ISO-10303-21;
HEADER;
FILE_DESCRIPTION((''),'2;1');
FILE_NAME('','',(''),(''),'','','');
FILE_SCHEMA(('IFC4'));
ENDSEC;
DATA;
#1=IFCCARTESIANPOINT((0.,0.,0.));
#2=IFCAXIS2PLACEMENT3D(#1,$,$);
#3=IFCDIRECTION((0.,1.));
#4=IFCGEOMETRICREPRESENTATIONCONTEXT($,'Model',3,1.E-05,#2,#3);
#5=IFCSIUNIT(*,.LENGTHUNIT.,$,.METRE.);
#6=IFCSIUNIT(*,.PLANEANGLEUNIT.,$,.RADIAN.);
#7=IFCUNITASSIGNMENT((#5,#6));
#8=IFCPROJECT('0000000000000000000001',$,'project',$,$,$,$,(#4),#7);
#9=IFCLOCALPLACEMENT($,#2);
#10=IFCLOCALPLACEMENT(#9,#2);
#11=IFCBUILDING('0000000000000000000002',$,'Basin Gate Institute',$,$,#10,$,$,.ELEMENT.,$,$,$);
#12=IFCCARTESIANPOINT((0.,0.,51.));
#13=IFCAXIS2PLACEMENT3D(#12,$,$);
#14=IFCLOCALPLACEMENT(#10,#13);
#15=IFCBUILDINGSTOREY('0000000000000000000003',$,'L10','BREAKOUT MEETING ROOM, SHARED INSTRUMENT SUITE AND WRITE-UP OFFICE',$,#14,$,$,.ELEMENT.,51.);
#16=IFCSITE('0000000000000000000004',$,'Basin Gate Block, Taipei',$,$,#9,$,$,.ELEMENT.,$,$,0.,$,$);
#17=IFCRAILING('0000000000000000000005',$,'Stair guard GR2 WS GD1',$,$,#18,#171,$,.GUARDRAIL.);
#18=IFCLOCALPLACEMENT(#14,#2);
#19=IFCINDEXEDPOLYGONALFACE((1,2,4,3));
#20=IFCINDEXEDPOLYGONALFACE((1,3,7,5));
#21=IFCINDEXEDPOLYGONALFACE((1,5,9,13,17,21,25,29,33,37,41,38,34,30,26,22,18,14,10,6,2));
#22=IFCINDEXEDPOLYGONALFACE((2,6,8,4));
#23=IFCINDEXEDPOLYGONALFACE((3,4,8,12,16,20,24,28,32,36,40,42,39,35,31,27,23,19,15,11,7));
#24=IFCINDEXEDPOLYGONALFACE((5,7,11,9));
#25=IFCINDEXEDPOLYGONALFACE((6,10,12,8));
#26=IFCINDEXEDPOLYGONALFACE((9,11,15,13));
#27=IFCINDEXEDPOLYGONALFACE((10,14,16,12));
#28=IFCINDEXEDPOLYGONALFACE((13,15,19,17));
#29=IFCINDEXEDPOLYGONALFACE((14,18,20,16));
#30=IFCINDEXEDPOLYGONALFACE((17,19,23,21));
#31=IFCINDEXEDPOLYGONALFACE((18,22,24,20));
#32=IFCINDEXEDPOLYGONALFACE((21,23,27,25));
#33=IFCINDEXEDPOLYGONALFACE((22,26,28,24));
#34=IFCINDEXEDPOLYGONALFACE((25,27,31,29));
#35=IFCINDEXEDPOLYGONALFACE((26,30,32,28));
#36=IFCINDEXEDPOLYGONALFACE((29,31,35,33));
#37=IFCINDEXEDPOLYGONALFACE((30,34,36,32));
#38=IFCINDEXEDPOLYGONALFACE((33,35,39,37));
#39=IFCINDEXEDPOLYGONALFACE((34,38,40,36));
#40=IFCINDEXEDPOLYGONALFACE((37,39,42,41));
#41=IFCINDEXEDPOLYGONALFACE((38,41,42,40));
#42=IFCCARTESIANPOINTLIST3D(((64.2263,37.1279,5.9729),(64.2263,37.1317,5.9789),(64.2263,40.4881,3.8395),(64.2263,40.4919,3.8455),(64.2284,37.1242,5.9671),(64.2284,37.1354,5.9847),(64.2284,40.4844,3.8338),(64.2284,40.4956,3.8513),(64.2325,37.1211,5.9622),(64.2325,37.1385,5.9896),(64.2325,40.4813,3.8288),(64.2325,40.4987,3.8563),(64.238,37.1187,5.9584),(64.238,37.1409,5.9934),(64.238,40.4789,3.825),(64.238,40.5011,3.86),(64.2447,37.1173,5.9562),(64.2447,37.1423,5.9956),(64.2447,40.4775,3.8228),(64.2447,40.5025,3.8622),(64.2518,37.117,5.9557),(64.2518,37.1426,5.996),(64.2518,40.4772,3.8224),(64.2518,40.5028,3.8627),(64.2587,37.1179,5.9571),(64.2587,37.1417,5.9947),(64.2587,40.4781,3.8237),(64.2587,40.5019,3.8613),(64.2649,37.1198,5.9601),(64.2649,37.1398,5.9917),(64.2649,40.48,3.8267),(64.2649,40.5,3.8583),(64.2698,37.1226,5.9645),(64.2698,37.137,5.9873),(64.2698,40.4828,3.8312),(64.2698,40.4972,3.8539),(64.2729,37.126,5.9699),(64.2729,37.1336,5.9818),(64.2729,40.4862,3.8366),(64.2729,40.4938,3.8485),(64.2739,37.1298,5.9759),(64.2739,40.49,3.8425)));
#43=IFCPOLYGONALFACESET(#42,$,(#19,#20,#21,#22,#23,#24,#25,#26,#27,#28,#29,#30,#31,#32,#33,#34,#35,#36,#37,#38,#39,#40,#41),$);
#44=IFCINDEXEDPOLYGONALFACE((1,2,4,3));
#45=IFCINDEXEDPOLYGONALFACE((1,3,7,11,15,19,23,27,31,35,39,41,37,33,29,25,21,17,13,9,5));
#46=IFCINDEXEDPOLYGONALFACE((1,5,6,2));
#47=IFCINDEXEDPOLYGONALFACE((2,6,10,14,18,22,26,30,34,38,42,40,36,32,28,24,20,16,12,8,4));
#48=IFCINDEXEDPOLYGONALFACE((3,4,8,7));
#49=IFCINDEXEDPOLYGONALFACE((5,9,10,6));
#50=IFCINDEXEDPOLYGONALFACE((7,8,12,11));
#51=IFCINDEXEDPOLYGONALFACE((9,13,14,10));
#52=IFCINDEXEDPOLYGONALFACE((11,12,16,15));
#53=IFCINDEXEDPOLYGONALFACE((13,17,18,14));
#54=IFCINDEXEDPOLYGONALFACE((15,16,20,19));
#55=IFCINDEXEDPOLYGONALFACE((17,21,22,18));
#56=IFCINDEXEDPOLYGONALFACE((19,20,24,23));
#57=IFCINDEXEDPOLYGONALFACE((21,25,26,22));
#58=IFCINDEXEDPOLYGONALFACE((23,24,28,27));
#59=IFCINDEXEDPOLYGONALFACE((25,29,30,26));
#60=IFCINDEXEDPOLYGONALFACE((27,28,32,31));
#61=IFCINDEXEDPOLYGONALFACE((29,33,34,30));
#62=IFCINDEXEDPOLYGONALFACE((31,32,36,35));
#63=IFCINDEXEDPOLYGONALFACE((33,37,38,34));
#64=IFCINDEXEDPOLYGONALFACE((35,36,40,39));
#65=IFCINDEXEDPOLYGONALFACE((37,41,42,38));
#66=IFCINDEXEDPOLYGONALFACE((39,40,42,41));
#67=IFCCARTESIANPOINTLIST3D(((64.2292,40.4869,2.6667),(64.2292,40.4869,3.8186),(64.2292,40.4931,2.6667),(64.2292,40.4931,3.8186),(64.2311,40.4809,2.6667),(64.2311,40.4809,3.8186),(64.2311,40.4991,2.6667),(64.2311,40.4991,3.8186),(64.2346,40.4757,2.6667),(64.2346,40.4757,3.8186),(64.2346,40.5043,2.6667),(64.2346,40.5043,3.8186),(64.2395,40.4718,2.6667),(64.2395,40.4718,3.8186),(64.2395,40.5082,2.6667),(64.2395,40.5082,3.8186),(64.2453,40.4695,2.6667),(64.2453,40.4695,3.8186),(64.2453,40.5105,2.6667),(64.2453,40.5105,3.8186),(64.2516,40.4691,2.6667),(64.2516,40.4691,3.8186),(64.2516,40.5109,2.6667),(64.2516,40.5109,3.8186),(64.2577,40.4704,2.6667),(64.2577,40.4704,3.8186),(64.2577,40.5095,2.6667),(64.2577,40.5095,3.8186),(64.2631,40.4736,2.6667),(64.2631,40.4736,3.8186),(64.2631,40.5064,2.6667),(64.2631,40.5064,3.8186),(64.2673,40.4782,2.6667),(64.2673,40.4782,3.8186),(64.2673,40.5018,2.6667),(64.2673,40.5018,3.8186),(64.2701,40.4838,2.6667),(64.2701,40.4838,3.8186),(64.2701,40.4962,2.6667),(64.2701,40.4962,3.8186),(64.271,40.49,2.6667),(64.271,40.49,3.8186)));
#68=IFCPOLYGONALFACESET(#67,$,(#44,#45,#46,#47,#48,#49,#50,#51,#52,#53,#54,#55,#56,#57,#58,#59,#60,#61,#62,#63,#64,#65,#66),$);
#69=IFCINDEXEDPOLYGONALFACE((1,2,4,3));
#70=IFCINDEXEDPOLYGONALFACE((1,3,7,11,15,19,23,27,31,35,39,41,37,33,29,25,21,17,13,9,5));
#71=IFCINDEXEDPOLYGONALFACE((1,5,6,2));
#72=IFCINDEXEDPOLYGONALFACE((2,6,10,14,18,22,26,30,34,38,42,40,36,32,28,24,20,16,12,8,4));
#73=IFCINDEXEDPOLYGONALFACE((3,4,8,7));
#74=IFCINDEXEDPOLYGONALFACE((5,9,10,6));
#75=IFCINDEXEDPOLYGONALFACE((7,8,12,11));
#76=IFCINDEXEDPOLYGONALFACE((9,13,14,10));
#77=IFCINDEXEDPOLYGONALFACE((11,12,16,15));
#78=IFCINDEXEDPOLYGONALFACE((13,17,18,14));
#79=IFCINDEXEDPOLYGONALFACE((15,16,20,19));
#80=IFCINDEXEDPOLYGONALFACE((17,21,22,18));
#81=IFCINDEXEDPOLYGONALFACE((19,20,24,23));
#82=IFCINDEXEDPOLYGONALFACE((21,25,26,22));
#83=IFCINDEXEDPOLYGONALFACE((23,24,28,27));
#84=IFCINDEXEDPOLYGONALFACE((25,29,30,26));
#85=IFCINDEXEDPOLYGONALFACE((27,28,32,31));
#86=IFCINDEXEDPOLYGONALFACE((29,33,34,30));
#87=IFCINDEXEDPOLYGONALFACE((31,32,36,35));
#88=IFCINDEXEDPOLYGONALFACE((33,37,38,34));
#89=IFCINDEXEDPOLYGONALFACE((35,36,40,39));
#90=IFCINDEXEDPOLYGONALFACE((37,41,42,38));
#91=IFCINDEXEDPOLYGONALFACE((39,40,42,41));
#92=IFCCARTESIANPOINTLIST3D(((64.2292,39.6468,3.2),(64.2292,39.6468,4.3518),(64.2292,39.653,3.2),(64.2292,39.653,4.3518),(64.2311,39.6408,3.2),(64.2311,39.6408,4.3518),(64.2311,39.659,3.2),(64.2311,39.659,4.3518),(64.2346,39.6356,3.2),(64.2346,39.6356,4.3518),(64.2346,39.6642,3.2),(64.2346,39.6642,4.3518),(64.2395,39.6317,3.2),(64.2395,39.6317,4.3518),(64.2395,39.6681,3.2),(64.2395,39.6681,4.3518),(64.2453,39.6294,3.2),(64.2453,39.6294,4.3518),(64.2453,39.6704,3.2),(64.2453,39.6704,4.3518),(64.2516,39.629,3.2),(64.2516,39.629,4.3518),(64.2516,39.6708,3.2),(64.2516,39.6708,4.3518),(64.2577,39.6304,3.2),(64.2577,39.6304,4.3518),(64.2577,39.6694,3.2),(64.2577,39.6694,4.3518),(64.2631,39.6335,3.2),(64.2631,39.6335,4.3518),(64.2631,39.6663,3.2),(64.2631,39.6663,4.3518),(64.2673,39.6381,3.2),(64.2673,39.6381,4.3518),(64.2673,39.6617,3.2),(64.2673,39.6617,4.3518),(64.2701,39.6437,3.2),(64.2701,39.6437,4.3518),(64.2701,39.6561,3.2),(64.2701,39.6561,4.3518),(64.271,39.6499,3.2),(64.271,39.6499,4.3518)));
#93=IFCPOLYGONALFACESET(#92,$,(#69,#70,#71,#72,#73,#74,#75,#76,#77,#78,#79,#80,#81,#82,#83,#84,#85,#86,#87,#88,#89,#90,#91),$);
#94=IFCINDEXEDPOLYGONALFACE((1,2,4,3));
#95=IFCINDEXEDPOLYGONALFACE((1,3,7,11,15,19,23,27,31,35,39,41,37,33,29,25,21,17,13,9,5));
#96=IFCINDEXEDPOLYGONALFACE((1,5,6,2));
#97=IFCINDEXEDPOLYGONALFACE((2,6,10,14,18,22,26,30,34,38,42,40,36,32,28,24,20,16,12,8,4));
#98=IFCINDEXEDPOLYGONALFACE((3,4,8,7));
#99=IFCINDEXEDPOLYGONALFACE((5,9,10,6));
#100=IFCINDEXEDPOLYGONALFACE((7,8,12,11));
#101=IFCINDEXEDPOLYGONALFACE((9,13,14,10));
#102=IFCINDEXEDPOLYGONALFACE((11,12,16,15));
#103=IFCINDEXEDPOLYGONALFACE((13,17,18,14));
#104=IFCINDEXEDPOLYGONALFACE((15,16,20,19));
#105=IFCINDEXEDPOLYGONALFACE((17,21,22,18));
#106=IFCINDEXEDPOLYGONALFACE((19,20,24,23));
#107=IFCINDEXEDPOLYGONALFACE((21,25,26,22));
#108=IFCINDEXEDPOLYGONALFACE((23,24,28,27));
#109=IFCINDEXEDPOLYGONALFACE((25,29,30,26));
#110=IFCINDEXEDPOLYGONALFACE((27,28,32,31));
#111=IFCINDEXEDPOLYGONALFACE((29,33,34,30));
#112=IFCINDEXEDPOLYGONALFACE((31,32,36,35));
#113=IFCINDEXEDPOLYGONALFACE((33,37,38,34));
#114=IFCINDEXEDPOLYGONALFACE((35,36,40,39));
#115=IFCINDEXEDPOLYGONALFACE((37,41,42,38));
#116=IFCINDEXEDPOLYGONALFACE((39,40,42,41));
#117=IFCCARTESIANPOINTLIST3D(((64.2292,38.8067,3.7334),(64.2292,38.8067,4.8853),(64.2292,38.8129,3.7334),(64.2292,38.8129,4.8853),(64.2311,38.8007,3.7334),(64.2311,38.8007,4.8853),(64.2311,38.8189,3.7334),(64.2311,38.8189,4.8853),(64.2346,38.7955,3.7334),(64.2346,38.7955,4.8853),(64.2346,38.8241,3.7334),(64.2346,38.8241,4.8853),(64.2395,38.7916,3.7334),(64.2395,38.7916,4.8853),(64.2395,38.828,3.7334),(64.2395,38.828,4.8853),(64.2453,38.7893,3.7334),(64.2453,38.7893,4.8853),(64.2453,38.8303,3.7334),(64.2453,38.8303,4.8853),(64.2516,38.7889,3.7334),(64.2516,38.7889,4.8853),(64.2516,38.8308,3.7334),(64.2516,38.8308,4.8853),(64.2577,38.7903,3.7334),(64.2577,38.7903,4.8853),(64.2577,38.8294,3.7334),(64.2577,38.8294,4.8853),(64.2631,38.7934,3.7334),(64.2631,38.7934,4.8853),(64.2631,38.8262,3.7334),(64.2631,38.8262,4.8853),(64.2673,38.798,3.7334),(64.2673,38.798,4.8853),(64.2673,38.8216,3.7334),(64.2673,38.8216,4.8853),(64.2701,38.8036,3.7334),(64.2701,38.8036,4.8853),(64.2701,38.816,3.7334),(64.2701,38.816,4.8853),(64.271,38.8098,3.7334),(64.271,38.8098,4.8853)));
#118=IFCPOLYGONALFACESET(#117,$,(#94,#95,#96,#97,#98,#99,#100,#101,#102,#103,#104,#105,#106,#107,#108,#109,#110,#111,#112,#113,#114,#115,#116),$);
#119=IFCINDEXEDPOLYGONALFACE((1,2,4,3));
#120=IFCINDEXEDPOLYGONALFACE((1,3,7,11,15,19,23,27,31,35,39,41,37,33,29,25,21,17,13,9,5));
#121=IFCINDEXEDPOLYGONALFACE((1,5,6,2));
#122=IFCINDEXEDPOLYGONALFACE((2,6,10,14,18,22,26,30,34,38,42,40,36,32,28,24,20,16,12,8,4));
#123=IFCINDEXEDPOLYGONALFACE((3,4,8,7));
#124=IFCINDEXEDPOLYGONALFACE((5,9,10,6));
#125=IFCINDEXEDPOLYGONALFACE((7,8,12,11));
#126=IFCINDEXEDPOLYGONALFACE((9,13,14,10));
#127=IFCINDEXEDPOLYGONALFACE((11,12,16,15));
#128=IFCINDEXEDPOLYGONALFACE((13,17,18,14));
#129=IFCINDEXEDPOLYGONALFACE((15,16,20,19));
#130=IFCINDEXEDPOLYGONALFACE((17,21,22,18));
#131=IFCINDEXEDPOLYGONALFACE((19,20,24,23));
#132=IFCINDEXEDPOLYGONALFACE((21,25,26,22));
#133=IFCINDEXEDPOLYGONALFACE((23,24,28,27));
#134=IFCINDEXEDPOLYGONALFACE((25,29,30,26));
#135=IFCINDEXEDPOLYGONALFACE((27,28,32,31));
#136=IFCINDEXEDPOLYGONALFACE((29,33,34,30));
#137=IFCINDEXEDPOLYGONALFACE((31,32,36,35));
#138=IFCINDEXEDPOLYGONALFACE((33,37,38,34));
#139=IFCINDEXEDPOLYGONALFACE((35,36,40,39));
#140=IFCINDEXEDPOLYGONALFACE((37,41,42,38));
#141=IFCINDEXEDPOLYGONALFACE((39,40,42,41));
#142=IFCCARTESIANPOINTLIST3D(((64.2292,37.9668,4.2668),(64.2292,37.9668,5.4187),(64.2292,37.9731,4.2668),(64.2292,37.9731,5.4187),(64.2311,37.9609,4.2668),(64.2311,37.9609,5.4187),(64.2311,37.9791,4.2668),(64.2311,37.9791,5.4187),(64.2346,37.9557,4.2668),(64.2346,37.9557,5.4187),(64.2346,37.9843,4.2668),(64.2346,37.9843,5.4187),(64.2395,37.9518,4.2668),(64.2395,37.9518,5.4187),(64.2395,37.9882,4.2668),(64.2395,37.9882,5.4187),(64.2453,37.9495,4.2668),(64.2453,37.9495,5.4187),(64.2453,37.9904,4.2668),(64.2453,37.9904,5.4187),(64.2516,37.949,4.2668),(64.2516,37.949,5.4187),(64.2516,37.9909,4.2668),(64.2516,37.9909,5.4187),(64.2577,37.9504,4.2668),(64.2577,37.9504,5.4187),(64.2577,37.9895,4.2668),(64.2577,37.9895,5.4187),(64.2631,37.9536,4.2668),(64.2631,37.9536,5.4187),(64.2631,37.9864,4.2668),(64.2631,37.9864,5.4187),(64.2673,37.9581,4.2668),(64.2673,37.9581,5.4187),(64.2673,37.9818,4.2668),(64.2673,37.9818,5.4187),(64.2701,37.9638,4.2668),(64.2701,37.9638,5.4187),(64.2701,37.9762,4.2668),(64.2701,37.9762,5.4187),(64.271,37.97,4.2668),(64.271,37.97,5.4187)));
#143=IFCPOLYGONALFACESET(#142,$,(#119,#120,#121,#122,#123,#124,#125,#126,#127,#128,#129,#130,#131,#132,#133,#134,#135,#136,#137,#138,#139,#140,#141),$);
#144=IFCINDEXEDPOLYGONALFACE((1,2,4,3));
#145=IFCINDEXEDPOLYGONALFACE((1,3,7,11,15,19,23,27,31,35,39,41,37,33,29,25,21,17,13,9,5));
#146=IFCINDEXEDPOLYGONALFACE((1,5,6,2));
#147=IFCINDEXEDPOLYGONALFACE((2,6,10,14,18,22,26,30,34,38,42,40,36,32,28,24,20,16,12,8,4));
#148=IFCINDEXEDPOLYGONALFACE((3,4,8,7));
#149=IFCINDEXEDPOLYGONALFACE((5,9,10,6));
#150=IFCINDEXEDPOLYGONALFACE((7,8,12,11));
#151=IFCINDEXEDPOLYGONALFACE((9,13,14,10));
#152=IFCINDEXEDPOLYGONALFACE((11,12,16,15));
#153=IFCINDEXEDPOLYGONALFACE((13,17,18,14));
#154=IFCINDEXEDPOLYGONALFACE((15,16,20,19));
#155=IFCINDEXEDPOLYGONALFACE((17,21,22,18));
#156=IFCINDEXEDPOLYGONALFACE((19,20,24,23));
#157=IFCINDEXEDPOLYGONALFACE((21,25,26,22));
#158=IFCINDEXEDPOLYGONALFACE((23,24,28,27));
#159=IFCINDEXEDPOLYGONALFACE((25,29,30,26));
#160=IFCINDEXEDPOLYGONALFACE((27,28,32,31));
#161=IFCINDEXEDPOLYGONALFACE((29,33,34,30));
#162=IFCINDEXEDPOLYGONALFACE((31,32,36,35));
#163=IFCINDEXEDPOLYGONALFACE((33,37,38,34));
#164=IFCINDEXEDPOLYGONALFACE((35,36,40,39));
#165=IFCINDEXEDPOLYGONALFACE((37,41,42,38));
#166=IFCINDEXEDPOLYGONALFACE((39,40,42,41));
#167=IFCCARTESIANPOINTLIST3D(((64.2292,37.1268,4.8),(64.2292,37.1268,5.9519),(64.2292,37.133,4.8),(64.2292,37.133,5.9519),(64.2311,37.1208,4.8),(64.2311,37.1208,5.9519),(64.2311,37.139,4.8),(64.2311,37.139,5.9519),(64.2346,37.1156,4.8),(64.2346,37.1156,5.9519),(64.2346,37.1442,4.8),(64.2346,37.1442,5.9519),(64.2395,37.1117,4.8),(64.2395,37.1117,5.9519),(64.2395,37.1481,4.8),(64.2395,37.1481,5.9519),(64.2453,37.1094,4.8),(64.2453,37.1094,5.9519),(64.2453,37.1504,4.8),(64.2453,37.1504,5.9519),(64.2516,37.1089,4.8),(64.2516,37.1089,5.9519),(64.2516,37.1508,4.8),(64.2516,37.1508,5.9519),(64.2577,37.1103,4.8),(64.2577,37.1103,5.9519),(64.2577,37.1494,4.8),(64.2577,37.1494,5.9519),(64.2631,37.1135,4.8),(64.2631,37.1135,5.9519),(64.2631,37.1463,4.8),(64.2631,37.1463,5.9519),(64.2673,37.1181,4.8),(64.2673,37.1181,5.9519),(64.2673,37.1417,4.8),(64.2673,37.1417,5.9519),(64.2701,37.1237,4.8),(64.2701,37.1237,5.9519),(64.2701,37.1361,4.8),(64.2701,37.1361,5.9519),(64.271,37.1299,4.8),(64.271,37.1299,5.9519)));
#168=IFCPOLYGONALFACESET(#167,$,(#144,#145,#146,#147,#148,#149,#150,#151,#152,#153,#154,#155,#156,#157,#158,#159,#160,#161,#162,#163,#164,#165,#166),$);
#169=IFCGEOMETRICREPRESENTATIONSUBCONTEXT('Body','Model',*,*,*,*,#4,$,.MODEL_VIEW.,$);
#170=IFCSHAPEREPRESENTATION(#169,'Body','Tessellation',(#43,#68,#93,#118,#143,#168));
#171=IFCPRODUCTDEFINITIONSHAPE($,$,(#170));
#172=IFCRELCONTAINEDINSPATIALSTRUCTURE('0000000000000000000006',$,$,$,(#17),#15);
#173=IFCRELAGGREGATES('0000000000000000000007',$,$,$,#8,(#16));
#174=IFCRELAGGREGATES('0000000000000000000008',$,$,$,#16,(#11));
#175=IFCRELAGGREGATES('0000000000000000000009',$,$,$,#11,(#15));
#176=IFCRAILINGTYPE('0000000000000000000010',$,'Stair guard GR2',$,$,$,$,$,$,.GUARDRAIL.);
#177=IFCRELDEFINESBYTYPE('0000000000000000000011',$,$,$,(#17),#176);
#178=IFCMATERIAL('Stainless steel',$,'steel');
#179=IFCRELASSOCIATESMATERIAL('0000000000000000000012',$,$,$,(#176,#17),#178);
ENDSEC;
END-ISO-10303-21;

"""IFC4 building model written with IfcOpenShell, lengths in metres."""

from ifc_helpers import new_model, si_unit, direction, frame, origin, origin_2d, place, context, subcontext, project, spatial, circle, extrude, material, type_object, element, save


model = new_model("IFC4")

# Units and contexts
model_context = context("Model", 3, precision=1e-05, world=origin(), true_north=direction((0.0, 1.0)))
body_context = subcontext(model_context, "Body", "Model", "MODEL_VIEW")
ifc_project = project(units=[si_unit("LENGTHUNIT", "METRE"), si_unit("PLANEANGLEUNIT", "RADIAN")], contexts=[model_context])

# Site, building, storey
site_placement = place(None, origin())
site = spatial("IfcSite", under=ifc_project, at=site_placement, Name="Basin Gate Block, Taipei", CompositionType="ELEMENT", RefElevation=0.0)
building_placement = place(site_placement, origin())
building = spatial("IfcBuilding", under=site, at=building_placement, Name="Basin Gate Institute", CompositionType="ELEMENT")
storey_placement = place(building_placement, frame((0.0, 0.0, 51.0)))
storey = spatial("IfcBuildingStorey", under=building, at=storey_placement, Name="L10", Description="BREAKOUT MEETING ROOM, SHARED INSTRUMENT SUITE AND WRITE-UP OFFICE", CompositionType="ELEMENT", Elevation=51.0)

# Railing
ifc_material_1 = material(Name="Stainless steel", Category="steel")
railing_type_1 = type_object("IfcRailingType", Name="Stair guard GR2", PredefinedType="GUARDRAIL", material=ifc_material_1)
railing_1_placement = place(storey_placement, frame((64.25, 40.49, 2.6667)))
element("IfcRailing", 1, at=railing_1_placement, inside=storey, type_object=railing_type_1, material=ifc_material_1, Name="Stair guard GR2 WS GD1", PredefinedType="GUARDRAIL", context=body_context, shape_type="SweptSolid", body=[
    extrude(circle(Radius=0.0239, at=origin_2d()), frame((0.0, 0.0, 1.1758), z_axis=(0.0, -0.844224, 0.53599), x_axis=(1.0, 0.0, 0.0)), (0.0, 0.0, 1.0), 3.9802),
    extrude(circle(Radius=0.021, at=origin_2d()), origin(), (0.0, 0.0, 1.0), 1.1519),
    extrude(circle(Radius=0.021, at=origin_2d()), frame((0.0, -0.8401, 0.5332)), (0.0, 0.0, 1.0), 1.1519),
    extrude(circle(Radius=0.021, at=origin_2d()), frame((0.0, -1.6802, 1.0667)), (0.0, 0.0, 1.0), 1.1519),
    extrude(circle(Radius=0.021, at=origin_2d()), frame((0.0, -2.52, 1.6001)), (0.0, 0.0, 1.0), 1.1519),
    extrude(circle(Radius=0.021, at=origin_2d()), frame((0.0, -3.3601, 2.1333)), (0.0, 0.0, 1.0), 1.1519),
])

save(model, "model.ifc")
